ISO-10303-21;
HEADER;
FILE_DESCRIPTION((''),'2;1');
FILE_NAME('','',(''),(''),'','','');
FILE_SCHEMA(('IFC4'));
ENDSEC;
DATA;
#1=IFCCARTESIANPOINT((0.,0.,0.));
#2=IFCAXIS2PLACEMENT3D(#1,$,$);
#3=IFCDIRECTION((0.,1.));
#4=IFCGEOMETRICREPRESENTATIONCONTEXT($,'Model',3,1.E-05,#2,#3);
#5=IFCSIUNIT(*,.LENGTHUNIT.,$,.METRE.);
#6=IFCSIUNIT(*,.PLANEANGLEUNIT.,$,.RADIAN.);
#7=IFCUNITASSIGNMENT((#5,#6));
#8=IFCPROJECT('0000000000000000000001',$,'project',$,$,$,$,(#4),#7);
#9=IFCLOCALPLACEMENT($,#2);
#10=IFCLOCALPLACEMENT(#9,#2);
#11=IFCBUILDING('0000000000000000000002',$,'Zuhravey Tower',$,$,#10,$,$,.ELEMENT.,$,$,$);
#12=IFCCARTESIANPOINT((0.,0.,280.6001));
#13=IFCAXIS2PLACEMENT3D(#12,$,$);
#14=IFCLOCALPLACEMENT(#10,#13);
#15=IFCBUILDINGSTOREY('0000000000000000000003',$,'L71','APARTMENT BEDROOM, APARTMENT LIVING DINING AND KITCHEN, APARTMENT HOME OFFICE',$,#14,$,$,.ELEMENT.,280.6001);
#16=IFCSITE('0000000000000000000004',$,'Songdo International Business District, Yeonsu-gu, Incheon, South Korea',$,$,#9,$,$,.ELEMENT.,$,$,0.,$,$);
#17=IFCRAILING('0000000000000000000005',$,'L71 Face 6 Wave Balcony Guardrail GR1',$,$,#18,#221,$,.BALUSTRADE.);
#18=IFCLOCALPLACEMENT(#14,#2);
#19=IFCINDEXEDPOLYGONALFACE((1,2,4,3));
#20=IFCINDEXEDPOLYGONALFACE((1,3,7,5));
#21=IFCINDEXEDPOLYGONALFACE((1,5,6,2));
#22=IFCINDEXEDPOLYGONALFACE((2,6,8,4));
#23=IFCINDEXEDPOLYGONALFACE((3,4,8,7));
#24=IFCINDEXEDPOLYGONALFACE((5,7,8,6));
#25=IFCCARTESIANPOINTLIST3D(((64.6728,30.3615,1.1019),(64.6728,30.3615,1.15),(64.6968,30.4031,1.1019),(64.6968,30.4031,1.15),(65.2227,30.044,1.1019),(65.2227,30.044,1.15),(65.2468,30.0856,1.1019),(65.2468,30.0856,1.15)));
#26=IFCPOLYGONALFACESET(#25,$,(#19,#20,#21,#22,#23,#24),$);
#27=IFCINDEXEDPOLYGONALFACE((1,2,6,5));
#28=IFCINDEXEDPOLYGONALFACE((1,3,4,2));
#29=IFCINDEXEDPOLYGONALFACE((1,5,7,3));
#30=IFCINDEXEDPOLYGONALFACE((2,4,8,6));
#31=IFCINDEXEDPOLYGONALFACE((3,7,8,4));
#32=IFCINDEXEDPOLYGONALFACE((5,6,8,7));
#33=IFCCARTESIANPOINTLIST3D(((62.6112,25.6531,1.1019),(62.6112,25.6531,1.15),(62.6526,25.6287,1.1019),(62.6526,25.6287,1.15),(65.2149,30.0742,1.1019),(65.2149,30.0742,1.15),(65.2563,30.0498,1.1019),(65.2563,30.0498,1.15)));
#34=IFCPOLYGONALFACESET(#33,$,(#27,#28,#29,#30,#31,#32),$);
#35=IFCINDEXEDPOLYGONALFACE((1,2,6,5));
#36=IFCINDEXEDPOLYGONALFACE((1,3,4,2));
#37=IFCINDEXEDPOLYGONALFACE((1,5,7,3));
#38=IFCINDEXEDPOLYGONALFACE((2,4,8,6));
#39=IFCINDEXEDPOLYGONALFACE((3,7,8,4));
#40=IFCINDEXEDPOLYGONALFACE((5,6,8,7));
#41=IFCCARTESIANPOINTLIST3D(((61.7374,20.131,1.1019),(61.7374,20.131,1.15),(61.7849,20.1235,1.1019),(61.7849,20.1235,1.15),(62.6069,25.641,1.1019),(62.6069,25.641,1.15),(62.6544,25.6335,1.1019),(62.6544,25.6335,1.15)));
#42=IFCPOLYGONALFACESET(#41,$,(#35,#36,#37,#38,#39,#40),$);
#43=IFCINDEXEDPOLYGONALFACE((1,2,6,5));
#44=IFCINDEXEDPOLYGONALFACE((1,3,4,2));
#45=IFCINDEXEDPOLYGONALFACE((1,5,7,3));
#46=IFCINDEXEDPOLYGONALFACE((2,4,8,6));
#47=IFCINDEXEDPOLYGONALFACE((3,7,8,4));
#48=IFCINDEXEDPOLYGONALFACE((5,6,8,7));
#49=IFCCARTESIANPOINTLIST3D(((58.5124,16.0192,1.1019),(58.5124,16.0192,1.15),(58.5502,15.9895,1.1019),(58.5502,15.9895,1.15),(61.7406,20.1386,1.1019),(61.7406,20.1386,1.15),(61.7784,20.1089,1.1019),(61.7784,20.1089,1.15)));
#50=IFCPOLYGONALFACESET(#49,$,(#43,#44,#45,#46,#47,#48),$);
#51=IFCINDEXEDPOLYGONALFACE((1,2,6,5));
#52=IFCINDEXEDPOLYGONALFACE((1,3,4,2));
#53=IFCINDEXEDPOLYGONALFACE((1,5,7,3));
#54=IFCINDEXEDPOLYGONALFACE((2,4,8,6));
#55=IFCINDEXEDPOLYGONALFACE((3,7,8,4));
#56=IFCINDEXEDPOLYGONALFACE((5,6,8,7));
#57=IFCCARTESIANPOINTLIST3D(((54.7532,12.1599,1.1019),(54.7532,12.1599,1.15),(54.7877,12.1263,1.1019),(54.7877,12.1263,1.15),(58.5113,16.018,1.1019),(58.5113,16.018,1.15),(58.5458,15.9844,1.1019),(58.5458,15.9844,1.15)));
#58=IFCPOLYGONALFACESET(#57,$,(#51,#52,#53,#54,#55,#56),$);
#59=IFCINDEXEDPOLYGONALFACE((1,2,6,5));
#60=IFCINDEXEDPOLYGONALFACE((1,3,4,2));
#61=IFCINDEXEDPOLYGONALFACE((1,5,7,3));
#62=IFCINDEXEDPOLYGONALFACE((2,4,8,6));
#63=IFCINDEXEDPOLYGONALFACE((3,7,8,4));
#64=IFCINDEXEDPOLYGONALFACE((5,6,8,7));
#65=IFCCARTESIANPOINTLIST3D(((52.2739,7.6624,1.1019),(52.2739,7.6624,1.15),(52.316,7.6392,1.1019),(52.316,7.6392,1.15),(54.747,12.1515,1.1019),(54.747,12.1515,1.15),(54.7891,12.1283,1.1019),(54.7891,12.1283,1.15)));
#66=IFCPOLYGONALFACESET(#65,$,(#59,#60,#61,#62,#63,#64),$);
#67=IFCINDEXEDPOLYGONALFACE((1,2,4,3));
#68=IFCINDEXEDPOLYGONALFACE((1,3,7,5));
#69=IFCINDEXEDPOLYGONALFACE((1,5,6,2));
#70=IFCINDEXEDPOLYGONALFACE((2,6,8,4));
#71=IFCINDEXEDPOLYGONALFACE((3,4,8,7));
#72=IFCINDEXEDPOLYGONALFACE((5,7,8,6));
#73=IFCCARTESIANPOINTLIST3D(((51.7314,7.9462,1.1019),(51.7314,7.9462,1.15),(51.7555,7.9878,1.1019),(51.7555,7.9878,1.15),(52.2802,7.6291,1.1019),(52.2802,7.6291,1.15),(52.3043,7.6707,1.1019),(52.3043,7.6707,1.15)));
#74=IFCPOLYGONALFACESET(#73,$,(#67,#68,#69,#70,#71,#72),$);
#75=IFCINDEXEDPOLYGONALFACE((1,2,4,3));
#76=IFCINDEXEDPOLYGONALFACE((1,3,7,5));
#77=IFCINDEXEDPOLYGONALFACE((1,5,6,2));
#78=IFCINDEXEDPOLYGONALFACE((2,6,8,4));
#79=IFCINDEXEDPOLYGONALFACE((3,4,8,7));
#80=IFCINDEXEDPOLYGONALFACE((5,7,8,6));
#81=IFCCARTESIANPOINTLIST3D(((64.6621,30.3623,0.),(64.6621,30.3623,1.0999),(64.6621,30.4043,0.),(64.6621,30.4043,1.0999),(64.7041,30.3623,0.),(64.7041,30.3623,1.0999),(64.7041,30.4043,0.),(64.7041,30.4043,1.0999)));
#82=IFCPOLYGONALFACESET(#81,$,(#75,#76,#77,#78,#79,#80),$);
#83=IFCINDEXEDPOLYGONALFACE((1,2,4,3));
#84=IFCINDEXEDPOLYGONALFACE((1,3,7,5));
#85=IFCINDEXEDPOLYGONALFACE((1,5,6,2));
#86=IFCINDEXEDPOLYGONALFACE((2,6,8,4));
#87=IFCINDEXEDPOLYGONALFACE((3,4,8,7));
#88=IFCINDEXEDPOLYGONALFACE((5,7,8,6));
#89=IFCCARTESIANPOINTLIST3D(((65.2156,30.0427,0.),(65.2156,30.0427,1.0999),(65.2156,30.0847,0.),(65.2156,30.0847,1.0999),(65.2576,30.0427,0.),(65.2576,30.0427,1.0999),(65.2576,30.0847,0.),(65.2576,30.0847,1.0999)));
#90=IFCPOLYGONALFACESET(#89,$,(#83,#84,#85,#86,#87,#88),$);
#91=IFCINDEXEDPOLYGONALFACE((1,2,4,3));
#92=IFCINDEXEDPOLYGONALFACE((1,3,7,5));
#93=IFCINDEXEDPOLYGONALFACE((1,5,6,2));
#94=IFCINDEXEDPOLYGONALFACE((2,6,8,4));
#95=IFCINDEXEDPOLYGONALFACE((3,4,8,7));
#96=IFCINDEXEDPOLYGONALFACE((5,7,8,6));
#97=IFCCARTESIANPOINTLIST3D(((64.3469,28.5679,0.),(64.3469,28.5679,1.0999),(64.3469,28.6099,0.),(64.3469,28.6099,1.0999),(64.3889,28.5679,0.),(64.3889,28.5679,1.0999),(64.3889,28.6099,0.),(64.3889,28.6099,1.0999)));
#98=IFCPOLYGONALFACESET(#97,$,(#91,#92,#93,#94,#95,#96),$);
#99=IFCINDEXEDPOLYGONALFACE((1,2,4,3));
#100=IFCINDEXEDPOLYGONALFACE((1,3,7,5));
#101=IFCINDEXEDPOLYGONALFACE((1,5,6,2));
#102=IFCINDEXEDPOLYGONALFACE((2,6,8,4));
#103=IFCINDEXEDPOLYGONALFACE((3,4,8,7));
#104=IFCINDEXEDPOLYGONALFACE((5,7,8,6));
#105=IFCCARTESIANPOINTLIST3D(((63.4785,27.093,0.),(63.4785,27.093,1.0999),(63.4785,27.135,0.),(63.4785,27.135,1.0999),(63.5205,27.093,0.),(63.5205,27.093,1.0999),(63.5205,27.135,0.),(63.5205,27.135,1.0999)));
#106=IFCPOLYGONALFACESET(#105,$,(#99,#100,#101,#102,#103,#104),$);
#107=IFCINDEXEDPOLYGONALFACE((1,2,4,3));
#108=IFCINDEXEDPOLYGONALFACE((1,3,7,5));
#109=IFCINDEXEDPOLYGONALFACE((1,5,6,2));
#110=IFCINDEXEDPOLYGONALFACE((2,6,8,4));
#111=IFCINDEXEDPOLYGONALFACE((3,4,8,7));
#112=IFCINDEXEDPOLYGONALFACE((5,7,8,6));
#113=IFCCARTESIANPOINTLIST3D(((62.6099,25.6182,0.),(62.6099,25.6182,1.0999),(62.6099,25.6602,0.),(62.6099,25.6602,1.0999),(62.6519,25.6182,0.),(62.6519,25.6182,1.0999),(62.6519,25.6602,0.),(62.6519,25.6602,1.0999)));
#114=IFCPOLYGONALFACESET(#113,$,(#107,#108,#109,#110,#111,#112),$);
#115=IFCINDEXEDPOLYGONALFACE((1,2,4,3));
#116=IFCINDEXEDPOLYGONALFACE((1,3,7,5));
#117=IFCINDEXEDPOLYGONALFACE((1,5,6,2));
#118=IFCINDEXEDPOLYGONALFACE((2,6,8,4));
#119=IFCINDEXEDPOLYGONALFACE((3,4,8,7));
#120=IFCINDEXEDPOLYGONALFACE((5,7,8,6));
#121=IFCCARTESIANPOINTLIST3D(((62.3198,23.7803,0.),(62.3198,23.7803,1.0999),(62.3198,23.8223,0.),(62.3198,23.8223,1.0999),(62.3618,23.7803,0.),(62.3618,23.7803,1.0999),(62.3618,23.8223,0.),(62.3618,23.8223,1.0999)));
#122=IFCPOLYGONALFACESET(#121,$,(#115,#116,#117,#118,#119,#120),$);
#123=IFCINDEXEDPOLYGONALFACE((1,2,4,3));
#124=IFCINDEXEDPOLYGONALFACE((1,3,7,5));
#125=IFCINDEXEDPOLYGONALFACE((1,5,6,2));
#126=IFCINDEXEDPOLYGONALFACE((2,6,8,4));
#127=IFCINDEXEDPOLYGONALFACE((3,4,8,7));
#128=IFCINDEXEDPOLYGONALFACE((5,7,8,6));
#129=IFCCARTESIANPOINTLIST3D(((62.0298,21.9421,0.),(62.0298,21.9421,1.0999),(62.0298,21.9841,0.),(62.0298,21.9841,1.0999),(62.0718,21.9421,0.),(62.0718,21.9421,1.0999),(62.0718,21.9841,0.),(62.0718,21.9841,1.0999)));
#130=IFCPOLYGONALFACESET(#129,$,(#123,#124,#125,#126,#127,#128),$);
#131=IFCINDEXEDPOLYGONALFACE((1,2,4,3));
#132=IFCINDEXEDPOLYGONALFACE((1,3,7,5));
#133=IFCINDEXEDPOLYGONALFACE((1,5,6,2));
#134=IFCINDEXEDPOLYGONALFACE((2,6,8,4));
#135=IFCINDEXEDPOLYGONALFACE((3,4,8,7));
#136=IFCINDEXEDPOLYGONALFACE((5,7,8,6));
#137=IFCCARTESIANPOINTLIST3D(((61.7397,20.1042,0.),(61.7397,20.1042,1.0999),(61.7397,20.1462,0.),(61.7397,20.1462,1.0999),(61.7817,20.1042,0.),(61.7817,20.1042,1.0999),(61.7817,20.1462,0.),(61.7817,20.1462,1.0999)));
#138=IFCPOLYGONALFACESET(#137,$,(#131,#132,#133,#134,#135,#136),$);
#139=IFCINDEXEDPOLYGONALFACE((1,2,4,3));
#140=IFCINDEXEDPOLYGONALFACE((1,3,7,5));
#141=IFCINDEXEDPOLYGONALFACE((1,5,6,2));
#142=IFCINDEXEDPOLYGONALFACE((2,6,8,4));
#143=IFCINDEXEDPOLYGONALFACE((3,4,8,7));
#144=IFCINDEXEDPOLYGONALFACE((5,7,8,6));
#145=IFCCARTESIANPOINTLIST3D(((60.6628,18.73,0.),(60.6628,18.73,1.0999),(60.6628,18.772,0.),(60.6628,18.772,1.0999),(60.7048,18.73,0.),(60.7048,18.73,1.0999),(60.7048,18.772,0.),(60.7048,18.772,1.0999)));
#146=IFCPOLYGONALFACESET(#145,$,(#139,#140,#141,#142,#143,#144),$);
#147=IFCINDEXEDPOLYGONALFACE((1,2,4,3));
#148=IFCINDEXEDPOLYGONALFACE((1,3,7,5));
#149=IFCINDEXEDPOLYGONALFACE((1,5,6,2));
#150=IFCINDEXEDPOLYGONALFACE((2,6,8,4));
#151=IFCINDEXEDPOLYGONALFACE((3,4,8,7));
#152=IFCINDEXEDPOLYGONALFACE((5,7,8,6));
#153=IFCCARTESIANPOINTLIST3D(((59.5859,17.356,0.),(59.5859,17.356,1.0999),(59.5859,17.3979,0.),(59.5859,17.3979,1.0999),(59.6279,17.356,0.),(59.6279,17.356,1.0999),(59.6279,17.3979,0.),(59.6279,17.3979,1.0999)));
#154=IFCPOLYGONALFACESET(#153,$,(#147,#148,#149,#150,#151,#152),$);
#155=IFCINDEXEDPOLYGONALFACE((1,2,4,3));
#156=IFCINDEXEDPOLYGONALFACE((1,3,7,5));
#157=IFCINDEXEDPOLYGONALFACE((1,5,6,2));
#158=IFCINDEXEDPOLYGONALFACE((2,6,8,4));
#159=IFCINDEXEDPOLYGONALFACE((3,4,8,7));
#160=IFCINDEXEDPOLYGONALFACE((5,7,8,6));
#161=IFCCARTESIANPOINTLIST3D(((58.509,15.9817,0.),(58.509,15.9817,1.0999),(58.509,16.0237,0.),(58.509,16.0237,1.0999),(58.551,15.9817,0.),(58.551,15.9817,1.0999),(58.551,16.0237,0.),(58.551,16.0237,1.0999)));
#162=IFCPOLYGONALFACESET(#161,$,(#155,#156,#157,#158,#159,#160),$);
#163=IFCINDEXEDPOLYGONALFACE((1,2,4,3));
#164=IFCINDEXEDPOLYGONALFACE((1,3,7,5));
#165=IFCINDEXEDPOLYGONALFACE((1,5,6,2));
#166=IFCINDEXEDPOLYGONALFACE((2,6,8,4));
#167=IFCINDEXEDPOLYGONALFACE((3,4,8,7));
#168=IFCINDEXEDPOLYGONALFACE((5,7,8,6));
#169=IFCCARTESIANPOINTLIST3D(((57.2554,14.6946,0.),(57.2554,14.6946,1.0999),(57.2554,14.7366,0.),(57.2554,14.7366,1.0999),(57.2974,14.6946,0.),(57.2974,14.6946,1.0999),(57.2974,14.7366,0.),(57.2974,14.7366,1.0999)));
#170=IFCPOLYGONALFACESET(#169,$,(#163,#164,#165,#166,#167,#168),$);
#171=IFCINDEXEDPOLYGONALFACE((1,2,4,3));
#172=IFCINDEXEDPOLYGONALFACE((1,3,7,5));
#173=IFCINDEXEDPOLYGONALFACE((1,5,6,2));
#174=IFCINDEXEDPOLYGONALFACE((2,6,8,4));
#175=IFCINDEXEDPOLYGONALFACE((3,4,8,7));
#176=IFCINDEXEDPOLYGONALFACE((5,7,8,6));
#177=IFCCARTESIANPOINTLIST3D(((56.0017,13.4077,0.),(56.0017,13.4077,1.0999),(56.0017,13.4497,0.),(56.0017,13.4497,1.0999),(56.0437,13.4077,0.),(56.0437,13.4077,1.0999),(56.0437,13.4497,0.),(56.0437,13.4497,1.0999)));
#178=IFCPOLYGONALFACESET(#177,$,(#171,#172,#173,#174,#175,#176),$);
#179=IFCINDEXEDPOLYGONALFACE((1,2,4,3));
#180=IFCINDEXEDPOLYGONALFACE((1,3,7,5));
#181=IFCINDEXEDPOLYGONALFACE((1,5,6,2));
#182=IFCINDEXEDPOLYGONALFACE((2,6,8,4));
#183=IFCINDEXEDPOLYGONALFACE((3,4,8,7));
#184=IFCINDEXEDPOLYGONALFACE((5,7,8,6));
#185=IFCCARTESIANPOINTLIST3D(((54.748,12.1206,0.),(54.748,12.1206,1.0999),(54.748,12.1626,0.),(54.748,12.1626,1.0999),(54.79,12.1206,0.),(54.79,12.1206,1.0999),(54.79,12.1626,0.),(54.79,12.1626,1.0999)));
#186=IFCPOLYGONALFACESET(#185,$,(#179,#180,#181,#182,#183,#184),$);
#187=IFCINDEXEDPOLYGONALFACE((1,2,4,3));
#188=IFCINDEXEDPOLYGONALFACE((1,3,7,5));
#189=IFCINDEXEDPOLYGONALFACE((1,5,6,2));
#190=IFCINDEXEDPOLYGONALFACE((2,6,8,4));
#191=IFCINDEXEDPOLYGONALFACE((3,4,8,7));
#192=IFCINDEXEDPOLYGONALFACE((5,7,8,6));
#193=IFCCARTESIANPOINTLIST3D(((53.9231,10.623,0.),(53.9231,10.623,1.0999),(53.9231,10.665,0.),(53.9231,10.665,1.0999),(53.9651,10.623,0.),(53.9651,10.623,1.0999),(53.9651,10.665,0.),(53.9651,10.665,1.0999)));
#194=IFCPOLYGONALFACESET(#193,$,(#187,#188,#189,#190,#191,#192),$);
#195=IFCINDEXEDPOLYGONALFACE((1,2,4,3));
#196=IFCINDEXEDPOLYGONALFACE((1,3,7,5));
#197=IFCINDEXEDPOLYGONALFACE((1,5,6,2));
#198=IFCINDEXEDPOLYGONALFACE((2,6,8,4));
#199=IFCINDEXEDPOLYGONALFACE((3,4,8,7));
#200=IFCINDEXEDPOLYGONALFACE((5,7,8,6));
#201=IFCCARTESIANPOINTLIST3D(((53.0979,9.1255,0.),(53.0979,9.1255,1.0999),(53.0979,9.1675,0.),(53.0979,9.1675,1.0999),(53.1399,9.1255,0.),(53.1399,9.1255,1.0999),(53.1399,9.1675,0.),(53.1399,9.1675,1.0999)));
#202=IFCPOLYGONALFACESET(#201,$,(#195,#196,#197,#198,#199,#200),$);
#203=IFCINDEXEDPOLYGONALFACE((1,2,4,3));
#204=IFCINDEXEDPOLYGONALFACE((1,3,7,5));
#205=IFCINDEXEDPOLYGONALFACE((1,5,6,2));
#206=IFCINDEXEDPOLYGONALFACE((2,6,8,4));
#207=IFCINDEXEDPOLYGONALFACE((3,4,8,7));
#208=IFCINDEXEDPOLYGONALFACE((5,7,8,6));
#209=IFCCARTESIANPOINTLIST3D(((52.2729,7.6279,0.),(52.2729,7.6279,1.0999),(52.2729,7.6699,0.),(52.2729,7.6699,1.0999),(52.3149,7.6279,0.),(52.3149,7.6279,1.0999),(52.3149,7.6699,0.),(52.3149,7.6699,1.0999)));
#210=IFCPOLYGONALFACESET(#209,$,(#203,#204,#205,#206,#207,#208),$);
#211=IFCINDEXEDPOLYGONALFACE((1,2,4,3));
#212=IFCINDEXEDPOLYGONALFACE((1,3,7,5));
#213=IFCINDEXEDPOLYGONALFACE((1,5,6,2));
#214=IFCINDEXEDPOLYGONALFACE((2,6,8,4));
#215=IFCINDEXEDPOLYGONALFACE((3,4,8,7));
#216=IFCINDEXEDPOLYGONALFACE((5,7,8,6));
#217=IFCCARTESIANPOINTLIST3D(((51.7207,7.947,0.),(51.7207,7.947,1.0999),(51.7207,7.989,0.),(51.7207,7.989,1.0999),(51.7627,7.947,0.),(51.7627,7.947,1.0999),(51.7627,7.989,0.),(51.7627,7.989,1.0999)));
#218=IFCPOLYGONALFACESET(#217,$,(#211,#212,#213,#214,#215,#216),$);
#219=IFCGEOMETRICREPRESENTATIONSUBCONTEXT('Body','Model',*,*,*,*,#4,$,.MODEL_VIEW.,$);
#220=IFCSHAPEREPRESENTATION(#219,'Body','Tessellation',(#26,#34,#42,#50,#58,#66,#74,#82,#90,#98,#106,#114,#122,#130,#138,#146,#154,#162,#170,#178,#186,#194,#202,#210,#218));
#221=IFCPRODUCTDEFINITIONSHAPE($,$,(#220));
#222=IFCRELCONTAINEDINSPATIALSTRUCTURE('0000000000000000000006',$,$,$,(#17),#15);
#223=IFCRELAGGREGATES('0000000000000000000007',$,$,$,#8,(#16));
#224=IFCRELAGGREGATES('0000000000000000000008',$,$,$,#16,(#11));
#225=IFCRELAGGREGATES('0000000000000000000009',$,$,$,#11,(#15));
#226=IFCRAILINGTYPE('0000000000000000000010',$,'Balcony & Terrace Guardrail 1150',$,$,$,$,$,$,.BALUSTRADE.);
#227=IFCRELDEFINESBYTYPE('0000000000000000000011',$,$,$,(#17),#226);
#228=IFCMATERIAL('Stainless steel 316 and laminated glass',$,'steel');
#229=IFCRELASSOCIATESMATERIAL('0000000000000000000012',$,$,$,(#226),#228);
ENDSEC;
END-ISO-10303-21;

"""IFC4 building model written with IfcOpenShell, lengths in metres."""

from ifc_helpers import new_model, si_unit, direction, frame, origin, origin_2d, place, context, subcontext, project, spatial, rectangle, extrude, material, type_object, element, save


model = new_model("IFC4")

# Units and contexts
model_context = context("Model", 3, precision=1e-05, world=origin(), true_north=direction((0.0, 1.0)))
body_context = subcontext(model_context, "Body", "Model", "MODEL_VIEW")
ifc_project = project(units=[si_unit("LENGTHUNIT", "METRE"), si_unit("PLANEANGLEUNIT", "RADIAN")], contexts=[model_context])

# Site, building, storey
site_placement = place(None, origin())
site = spatial("IfcSite", under=ifc_project, at=site_placement, Name="Songdo International Business District, Yeonsu-gu, Incheon, South Korea", CompositionType="ELEMENT", RefElevation=0.0)
building_placement = place(site_placement, origin())
building = spatial("IfcBuilding", under=site, at=building_placement, Name="Zuhravey Tower", CompositionType="ELEMENT")
storey_placement = place(building_placement, frame((0.0, 0.0, 280.6001)))
storey = spatial("IfcBuildingStorey", under=building, at=storey_placement, Name="L71", Description="APARTMENT BEDROOM, APARTMENT LIVING DINING AND KITCHEN, APARTMENT HOME OFFICE", CompositionType="ELEMENT", Elevation=280.6001)

# Railing
ifc_material_1 = material(Name="Stainless steel 316 and laminated glass", Category="steel")
railing_type = type_object("IfcRailingType", Name="Balcony & Terrace Guardrail 1150", PredefinedType="BALUSTRADE", material=ifc_material_1)
railing_placement = place(storey_placement, frame((64.6831, 30.3833, 0.0)))
element("IfcRailing", 1, at=railing_placement, inside=storey, type_object=railing_type, Name="L71 Face 6 Wave Balcony Guardrail GR1", PredefinedType="BALUSTRADE", context=body_context, shape_type="SweptSolid", body=[
    extrude(rectangle(XDim=0.0481, YDim=0.0481, at=origin_2d()), frame((0.0017, -0.001, 1.126), z_axis=(0.866001, -0.500042, 0.0), x_axis=(0.500042, 0.866001, 0.0)), (0.0, 0.0, 1.0), 0.635),
    extrude(rectangle(XDim=0.0481, YDim=0.0481, at=origin_2d()), frame((0.5525, -0.3213, 1.126), z_axis=(-0.507458, -0.861676, 0.0), x_axis=(0.861676, -0.507458, 0.0)), (0.0, 0.0, 1.0), 5.1309),
    extrude(rectangle(XDim=0.0481, YDim=0.0481, at=origin_2d()), frame((-2.0525, -4.7461, 1.126), z_axis=(-0.155875, -0.987777, 0.0), x_axis=(0.987777, -0.155875, 0.0)), (0.0, 0.0, 1.0), 5.5781),
    extrude(rectangle(XDim=0.0481, YDim=0.0481, at=origin_2d()), frame((-2.9236, -10.2595, 1.126), z_axis=(-0.616825, -0.787101, 0.0), x_axis=(0.787101, -0.616825, 0.0)), (0.0, 0.0, 1.0), 5.2336),
    extrude(rectangle(XDim=0.0481, YDim=0.0481, at=origin_2d()), frame((-6.1545, -14.3821, 1.126), z_axis=(-0.69776, -0.716331, 0.0), x_axis=(0.716331, -0.69776, 0.0)), (0.0, 0.0, 1.0), 5.386),
    extrude(rectangle(XDim=0.0481, YDim=0.0481, at=origin_2d()), frame((-9.915, -18.2434, 1.126), z_axis=(-0.482536, -0.875876, 0.0), x_axis=(0.875876, -0.482536, 0.0)), (0.0, 0.0, 1.0), 5.1252),
    extrude(rectangle(XDim=0.0481, YDim=0.0481, at=origin_2d()), frame((-12.3909, -22.7334, 1.126), z_axis=(-0.865854, 0.500297, 0.0), x_axis=(-0.500297, -0.865854, 0.0)), (0.0, 0.0, 1.0), 0.6338),
    extrude(rectangle(XDim=0.042, YDim=0.042, at=origin_2d()), origin(), (0.0, 0.0, 1.0), 1.0999),
    extrude(rectangle(XDim=0.042, YDim=0.042, at=origin_2d()), frame((0.5535, -0.3196, 0.0)), (0.0, 0.0, 1.0), 1.0999),
    extrude(rectangle(XDim=0.042, YDim=0.042, at=origin_2d()), frame((-0.3152, -1.7944, 0.0)), (0.0, 0.0, 1.0), 1.0999),
    extrude(rectangle(XDim=0.042, YDim=0.042, at=origin_2d()), frame((-1.1836, -3.2693, 0.0)), (0.0, 0.0, 1.0), 1.0999),
    extrude(rectangle(XDim=0.042, YDim=0.042, at=origin_2d()), frame((-2.0522, -4.7441, 0.0)), (0.0, 0.0, 1.0), 1.0999),
    extrude(rectangle(XDim=0.042, YDim=0.042, at=origin_2d()), frame((-2.3423, -6.582, 0.0)), (0.0, 0.0, 1.0), 1.0999),
    extrude(rectangle(XDim=0.042, YDim=0.042, at=origin_2d()), frame((-2.6323, -8.4202, 0.0)), (0.0, 0.0, 1.0), 1.0999),
    extrude(rectangle(XDim=0.042, YDim=0.042, at=origin_2d()), frame((-2.9224, -10.2581, 0.0)), (0.0, 0.0, 1.0), 1.0999),
    extrude(rectangle(XDim=0.042, YDim=0.042, at=origin_2d()), frame((-3.9993, -11.6323, 0.0)), (0.0, 0.0, 1.0), 1.0999),
    extrude(rectangle(XDim=0.042, YDim=0.042, at=origin_2d()), frame((-5.0762, -13.0063, 0.0)), (0.0, 0.0, 1.0), 1.0999),
    extrude(rectangle(XDim=0.042, YDim=0.042, at=origin_2d()), frame((-6.1531, -14.3806, 0.0)), (0.0, 0.0, 1.0), 1.0999),
    extrude(rectangle(XDim=0.042, YDim=0.042, at=origin_2d()), frame((-7.4067, -15.6677, 0.0)), (0.0, 0.0, 1.0), 1.0999),
    extrude(rectangle(XDim=0.042, YDim=0.042, at=origin_2d()), frame((-8.6604, -16.9546, 0.0)), (0.0, 0.0, 1.0), 1.0999),
    extrude(rectangle(XDim=0.042, YDim=0.042, at=origin_2d()), frame((-9.9141, -18.2417, 0.0)), (0.0, 0.0, 1.0), 1.0999),
    extrude(rectangle(XDim=0.042, YDim=0.042, at=origin_2d()), frame((-10.739, -19.7393, 0.0)), (0.0, 0.0, 1.0), 1.0999),
    extrude(rectangle(XDim=0.042, YDim=0.042, at=origin_2d()), frame((-11.5642, -21.2368, 0.0)), (0.0, 0.0, 1.0), 1.0999),
    extrude(rectangle(XDim=0.042, YDim=0.042, at=origin_2d()), frame((-12.3892, -22.7344, 0.0)), (0.0, 0.0, 1.0), 1.0999),
    extrude(rectangle(XDim=0.042, YDim=0.042, at=origin_2d()), frame((-12.9414, -22.4153, 0.0)), (0.0, 0.0, 1.0), 1.0999),
])

save(model, "model.ifc")
